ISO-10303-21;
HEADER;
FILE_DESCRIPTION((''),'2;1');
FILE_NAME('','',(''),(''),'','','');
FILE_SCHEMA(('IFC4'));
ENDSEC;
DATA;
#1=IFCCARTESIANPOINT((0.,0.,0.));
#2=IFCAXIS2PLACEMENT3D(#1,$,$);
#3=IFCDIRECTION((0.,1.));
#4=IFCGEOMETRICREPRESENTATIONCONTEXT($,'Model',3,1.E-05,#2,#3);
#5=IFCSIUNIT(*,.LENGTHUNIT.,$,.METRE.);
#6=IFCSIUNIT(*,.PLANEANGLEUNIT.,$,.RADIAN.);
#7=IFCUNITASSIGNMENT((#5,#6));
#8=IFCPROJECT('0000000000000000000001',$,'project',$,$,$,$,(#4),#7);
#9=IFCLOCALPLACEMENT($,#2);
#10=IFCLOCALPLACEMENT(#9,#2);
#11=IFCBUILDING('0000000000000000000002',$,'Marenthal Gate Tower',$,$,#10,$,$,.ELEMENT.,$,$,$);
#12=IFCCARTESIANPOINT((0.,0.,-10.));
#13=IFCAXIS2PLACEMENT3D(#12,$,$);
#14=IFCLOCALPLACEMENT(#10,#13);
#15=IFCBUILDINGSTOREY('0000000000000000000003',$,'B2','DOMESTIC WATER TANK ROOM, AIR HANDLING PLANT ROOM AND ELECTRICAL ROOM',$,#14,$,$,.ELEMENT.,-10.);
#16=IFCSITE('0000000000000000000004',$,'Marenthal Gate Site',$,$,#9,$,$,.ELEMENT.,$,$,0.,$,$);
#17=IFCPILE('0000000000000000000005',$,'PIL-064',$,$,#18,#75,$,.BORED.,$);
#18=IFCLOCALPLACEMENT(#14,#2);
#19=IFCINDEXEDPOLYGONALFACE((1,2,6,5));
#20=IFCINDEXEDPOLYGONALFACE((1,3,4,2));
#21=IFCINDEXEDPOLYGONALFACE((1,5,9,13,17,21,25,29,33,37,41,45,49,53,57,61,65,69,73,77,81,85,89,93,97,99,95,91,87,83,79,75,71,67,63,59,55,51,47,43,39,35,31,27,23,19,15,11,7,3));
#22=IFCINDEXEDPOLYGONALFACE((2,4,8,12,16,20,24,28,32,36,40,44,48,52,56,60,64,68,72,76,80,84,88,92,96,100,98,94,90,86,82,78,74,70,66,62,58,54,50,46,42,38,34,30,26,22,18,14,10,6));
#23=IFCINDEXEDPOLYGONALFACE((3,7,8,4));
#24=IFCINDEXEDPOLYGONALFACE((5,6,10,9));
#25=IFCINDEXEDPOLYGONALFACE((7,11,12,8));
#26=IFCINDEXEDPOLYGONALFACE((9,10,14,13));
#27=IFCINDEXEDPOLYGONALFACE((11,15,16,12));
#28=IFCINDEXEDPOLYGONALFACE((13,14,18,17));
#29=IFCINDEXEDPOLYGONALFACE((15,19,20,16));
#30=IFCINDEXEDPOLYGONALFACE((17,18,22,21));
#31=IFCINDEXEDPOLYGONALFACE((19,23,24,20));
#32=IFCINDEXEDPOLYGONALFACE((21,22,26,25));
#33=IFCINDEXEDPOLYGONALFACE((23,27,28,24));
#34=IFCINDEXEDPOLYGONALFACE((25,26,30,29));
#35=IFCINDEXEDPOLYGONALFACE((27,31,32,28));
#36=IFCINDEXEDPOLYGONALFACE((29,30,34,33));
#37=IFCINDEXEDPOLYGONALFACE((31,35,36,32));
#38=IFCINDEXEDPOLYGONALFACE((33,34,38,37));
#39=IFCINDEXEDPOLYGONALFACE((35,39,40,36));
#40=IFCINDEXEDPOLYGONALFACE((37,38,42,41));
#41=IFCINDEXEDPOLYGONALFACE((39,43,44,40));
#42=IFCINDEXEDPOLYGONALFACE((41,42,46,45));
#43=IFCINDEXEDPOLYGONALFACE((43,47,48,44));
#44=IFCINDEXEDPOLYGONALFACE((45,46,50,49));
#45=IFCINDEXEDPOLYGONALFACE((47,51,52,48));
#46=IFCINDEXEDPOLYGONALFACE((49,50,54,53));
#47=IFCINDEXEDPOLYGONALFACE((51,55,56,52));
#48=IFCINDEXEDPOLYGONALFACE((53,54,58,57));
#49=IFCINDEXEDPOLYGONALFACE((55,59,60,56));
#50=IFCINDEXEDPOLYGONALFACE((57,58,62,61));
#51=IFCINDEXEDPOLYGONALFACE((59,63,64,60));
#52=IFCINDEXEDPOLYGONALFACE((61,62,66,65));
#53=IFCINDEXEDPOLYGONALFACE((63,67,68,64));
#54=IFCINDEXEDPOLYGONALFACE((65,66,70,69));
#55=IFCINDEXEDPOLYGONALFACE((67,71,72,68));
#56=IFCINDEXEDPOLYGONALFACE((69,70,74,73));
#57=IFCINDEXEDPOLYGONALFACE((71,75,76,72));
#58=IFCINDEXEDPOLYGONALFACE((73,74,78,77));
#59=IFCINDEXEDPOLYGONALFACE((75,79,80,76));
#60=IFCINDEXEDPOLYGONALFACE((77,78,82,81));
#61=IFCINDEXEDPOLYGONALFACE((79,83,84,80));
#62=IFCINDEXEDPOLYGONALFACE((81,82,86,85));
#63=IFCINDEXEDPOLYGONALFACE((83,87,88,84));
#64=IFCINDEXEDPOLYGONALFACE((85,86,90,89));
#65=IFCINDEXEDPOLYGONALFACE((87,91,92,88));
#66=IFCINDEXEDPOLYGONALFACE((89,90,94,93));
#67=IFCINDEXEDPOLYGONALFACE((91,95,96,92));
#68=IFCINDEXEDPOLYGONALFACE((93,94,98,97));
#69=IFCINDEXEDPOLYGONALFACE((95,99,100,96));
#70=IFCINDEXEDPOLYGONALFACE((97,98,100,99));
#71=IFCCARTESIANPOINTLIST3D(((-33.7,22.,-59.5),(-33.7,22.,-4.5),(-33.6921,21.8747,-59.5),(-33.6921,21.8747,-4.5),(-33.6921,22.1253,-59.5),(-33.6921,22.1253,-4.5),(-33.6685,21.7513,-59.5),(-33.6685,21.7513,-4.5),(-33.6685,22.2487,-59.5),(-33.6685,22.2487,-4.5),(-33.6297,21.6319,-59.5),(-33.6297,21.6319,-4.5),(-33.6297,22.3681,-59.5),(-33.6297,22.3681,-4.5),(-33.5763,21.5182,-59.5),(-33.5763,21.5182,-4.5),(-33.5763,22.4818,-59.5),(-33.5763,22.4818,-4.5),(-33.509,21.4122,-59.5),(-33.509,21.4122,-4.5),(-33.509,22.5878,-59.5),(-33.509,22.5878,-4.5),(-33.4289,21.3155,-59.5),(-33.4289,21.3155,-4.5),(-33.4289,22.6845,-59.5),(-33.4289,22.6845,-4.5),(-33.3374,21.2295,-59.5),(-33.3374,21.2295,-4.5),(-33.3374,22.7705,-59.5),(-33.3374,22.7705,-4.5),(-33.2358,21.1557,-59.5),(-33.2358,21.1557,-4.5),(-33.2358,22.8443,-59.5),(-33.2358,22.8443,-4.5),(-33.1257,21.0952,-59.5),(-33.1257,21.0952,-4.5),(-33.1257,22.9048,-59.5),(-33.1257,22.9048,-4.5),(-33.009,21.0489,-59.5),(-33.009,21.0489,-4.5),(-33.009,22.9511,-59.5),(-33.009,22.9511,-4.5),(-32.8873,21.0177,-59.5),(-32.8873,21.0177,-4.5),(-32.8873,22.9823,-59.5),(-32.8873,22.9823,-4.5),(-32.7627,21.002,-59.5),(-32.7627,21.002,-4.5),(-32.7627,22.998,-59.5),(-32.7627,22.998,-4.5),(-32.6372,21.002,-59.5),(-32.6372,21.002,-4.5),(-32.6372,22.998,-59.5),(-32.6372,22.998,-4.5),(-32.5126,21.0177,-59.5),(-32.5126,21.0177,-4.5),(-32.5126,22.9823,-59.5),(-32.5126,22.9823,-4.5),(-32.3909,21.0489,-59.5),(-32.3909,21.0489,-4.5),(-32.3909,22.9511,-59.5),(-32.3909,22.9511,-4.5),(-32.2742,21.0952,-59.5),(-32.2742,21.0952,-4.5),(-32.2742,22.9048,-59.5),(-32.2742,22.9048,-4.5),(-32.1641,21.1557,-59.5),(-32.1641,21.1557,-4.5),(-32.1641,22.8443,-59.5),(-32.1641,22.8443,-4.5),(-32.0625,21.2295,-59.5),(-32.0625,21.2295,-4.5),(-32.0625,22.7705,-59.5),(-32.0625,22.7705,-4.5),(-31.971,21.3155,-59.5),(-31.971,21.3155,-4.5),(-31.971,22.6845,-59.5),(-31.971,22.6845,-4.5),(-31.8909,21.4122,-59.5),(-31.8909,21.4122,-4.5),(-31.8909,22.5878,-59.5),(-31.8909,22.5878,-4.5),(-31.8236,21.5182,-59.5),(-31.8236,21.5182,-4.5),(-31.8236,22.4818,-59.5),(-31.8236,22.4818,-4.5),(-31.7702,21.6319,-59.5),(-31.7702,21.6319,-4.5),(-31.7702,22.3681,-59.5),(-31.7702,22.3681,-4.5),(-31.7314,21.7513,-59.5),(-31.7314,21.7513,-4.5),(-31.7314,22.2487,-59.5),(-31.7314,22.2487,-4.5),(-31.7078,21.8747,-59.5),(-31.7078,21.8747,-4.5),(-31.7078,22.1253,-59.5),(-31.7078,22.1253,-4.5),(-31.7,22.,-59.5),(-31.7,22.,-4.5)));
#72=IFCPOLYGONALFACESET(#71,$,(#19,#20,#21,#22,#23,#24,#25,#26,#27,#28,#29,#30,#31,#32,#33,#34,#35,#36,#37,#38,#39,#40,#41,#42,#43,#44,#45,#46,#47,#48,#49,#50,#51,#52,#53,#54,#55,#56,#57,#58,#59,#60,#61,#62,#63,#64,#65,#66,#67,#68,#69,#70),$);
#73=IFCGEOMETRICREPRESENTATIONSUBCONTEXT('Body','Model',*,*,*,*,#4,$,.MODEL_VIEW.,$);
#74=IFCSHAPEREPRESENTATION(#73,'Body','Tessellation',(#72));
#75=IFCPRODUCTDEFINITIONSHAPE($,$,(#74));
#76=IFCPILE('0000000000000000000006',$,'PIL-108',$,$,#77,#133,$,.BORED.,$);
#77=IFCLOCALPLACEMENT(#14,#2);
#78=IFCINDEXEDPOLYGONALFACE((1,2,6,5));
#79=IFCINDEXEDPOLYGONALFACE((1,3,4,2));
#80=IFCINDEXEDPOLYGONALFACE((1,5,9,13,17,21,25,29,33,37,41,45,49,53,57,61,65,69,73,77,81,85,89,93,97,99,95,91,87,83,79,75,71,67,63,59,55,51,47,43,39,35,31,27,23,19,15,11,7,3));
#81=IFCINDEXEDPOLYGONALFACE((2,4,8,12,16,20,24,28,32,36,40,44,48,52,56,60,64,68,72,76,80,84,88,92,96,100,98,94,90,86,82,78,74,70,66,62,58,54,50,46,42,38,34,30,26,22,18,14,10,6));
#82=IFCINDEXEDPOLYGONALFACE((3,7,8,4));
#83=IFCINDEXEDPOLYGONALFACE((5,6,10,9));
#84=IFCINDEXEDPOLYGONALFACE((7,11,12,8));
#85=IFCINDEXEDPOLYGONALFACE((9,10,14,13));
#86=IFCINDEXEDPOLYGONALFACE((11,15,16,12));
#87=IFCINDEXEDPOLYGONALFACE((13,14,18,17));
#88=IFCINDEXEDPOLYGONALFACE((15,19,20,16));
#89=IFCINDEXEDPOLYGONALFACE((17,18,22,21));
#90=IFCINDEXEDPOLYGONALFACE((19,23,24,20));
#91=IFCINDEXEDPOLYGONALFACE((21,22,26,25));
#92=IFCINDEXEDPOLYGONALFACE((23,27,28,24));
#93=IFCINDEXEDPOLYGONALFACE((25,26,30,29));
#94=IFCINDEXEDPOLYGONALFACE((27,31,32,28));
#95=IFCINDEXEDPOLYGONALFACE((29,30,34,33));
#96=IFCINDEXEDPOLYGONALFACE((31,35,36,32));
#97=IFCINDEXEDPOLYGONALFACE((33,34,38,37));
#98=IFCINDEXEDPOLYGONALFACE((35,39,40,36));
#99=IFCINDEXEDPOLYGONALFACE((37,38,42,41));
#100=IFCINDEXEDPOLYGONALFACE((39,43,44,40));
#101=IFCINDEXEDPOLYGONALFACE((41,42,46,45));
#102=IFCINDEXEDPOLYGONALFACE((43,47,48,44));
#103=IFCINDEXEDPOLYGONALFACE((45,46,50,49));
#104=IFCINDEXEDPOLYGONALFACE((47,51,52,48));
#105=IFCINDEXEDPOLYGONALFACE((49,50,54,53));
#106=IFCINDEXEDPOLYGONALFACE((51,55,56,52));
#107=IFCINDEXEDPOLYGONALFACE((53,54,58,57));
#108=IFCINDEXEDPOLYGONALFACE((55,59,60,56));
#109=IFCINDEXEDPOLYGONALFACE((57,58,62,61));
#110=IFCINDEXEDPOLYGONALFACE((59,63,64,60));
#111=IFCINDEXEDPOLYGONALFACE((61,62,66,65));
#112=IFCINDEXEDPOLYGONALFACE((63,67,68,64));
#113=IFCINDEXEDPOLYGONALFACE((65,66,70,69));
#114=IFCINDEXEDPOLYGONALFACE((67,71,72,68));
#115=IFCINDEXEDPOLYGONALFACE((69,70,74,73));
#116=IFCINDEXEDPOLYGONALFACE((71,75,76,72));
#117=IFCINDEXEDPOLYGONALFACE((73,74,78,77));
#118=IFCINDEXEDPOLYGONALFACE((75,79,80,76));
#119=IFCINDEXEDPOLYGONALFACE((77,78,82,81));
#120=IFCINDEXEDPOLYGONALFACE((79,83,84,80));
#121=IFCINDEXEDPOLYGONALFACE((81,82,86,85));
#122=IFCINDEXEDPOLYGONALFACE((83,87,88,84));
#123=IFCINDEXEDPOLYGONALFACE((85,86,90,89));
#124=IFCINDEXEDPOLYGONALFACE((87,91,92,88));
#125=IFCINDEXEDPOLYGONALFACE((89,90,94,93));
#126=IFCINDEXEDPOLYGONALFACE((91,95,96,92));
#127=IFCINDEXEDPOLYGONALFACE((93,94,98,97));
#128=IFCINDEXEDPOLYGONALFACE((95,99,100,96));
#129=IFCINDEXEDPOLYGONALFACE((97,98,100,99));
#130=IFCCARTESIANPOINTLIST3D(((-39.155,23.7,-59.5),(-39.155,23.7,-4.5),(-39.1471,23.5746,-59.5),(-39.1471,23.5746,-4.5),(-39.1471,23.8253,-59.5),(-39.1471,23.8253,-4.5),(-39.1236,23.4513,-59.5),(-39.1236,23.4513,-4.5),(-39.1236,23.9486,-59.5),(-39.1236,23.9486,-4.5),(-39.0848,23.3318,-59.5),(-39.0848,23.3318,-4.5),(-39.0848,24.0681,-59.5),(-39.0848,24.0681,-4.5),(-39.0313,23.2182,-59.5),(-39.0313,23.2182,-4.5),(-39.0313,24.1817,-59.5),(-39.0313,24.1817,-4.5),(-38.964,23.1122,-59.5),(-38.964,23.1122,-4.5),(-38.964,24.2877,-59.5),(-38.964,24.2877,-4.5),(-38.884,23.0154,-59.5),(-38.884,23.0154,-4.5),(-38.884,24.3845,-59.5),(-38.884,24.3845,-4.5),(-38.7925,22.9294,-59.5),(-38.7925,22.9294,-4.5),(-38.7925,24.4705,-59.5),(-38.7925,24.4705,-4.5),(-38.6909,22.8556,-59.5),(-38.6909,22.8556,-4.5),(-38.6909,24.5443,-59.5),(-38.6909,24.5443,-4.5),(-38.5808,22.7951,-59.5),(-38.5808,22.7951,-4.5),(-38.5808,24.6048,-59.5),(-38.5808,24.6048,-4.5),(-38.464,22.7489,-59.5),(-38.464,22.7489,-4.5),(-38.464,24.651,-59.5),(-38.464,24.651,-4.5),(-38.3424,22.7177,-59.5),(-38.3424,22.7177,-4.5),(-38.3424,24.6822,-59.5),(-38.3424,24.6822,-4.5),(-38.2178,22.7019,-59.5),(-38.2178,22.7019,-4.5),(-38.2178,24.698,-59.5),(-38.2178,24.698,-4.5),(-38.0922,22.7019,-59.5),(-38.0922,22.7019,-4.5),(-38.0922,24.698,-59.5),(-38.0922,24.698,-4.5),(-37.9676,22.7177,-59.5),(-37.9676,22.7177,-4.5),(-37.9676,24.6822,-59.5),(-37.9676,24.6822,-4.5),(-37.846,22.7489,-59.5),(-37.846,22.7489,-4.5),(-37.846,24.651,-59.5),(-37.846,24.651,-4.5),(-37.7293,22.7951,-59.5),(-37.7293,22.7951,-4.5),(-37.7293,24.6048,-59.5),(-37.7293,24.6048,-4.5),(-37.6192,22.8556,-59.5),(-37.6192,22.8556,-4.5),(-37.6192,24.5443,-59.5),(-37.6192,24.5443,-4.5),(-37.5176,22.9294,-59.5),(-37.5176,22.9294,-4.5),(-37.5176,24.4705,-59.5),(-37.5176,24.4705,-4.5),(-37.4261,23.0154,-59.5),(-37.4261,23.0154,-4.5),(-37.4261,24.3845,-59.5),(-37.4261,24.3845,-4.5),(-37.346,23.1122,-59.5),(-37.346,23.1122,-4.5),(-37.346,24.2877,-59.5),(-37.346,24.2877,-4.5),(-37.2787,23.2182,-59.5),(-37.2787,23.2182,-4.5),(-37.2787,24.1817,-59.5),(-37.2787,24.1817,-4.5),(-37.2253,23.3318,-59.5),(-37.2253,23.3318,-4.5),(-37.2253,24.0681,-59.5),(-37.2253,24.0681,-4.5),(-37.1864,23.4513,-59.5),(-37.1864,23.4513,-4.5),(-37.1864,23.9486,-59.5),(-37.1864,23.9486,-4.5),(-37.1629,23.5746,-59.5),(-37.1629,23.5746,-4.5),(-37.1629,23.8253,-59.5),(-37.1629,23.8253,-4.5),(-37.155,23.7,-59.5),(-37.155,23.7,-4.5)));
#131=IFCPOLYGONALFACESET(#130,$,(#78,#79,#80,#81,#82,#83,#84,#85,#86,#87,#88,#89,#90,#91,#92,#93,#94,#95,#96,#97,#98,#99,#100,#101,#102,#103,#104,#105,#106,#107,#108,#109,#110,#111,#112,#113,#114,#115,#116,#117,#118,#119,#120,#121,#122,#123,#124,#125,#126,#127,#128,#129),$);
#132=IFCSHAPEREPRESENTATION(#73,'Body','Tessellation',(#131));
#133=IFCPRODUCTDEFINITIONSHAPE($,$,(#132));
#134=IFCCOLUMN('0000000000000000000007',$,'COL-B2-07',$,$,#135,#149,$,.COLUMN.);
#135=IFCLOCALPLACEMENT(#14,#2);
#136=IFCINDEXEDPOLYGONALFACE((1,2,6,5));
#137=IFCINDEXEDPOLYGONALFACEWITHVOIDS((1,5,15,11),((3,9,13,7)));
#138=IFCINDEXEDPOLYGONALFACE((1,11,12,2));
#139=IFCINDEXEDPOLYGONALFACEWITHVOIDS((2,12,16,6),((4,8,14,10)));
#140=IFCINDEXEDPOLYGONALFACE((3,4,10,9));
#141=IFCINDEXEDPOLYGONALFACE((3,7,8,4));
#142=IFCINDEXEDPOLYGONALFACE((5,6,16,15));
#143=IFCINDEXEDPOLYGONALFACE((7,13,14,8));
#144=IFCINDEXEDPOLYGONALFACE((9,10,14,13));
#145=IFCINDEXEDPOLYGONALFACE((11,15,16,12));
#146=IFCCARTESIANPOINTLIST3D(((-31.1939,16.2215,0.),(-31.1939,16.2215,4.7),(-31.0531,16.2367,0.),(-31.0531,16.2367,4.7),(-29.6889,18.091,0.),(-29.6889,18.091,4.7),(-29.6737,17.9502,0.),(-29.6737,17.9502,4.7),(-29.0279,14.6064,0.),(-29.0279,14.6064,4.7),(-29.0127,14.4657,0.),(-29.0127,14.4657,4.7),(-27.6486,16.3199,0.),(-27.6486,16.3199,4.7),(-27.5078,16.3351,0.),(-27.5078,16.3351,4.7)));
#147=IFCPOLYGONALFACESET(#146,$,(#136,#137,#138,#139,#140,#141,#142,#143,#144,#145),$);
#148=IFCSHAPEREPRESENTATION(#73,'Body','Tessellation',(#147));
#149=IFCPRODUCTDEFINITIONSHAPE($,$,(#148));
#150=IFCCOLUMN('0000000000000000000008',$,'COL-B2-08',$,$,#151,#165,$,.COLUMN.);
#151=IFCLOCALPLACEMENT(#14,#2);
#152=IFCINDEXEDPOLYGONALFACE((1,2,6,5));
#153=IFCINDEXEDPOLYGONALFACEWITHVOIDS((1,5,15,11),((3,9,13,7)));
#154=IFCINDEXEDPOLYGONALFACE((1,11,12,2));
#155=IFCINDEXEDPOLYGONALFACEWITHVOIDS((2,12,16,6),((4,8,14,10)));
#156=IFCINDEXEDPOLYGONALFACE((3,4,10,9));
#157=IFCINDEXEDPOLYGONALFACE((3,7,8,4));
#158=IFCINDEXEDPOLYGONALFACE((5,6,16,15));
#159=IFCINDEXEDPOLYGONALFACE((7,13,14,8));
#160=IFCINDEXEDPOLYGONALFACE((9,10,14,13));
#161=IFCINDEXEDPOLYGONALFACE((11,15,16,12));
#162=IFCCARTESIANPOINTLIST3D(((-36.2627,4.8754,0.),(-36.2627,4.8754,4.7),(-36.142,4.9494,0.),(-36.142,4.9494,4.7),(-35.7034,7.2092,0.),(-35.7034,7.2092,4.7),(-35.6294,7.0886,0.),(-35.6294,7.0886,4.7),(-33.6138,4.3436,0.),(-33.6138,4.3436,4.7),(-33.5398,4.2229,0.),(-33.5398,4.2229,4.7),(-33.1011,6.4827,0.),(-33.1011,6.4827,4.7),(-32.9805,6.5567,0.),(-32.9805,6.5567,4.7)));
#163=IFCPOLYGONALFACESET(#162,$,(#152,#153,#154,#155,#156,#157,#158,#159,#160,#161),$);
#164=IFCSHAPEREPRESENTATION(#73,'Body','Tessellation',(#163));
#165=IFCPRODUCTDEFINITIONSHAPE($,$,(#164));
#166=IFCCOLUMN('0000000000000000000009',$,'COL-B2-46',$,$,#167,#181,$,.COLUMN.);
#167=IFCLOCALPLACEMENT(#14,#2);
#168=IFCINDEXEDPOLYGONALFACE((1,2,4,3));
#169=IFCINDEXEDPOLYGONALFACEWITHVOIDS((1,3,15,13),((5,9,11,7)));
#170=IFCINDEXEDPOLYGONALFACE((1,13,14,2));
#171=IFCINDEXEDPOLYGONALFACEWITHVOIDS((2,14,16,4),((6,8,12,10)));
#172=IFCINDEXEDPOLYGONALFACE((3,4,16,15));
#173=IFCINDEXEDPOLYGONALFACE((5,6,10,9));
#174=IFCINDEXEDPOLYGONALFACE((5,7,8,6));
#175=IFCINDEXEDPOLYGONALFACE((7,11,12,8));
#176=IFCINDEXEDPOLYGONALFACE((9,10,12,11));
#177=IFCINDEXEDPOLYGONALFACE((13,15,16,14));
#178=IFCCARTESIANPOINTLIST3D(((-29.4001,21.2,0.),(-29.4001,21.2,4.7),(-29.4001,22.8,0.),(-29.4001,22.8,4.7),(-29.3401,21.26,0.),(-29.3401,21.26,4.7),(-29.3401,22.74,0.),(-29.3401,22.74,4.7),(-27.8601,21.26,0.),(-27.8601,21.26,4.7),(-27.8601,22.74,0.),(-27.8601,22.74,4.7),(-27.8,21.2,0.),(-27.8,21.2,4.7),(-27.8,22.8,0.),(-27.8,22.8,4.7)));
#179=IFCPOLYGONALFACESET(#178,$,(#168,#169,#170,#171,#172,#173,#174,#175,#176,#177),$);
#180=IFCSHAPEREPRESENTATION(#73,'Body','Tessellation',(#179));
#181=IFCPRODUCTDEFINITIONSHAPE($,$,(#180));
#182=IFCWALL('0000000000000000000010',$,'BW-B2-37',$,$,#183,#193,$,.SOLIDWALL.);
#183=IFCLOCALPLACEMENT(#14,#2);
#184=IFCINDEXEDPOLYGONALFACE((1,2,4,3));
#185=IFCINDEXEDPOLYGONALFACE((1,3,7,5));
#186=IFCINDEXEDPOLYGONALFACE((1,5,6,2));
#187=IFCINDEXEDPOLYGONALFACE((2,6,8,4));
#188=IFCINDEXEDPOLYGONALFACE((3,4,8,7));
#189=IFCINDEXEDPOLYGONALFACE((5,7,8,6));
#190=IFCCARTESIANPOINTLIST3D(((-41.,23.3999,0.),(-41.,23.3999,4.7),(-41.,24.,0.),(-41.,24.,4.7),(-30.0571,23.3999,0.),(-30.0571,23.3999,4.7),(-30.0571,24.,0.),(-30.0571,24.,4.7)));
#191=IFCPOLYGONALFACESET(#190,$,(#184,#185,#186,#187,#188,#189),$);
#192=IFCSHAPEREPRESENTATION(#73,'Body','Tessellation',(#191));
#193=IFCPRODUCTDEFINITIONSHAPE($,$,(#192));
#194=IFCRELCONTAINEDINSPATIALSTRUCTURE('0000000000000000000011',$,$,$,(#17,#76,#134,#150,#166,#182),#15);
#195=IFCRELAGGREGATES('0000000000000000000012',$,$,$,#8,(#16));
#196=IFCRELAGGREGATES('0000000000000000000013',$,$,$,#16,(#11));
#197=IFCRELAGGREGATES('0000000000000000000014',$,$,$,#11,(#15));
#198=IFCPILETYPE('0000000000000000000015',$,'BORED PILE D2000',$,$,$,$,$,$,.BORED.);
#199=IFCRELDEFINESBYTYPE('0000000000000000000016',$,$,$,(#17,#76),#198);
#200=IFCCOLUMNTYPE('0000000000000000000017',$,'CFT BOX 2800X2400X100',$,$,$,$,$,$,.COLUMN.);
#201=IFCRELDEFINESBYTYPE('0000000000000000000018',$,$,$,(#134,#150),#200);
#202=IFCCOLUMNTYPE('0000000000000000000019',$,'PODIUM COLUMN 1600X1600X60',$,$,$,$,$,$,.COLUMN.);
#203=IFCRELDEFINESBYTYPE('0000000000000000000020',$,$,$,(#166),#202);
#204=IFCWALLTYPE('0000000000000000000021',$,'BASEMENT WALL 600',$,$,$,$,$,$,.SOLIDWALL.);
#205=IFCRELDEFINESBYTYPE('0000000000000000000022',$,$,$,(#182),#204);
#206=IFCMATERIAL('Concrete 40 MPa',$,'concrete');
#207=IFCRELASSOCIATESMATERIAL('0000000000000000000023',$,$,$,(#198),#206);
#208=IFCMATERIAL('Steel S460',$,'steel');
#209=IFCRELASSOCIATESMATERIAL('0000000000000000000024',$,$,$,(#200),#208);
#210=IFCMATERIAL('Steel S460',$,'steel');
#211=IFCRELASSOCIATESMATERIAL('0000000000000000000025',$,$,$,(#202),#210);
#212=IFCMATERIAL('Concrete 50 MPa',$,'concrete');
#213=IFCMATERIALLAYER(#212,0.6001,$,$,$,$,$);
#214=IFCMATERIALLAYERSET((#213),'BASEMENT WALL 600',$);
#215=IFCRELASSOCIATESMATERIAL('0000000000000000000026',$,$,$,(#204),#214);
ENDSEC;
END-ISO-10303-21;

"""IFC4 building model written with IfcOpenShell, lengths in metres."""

from ifc_helpers import new_model, si_unit, direction, frame, frame_2d, origin, origin_2d, place, context, subcontext, project, spatial, rectangle, hollow_rectangle, circle, extrude, material, layer, layer_set, material_profile, profile_set, type_object, element, save


model = new_model("IFC4")

# Units and contexts
model_context = context("Model", 3, precision=1e-05, world=origin(), true_north=direction((0.0, 1.0)))
body_context = subcontext(model_context, "Body", "Model", "MODEL_VIEW")
ifc_project = project(units=[si_unit("LENGTHUNIT", "METRE"), si_unit("PLANEANGLEUNIT", "RADIAN")], contexts=[model_context])

# Site, building, storey
site_placement = place(None, origin())
site = spatial("IfcSite", under=ifc_project, at=site_placement, Name="Marenthal Gate Site", CompositionType="ELEMENT", RefElevation=0.0)
building_placement = place(site_placement, origin())
building = spatial("IfcBuilding", under=site, at=building_placement, Name="Marenthal Gate Tower", CompositionType="ELEMENT")
storey_placement = place(building_placement, frame((0.0, 0.0, -10.0)))
storey = spatial("IfcBuildingStorey", under=building, at=storey_placement, Name="B2", Description="DOMESTIC WATER TANK ROOM, AIR HANDLING PLANT ROOM AND ELECTRICAL ROOM", CompositionType="ELEMENT", Elevation=-10.0)

# Piles
ifc_material_1 = material(Name="Concrete 40 MPa", Category="concrete")
pile_type = type_object("IfcPileType", Name="BORED PILE D2000", PredefinedType="BORED", material=ifc_material_1)
for number, where, z_axis, x_axis, name in (
    (1, (-32.7, 22.0, -4.5), (0.0, 0.0, -1.0), (1.0, 0.0, 0.0), "PIL-064"),
    (2, (-38.155, 23.7, -4.5), (0.0, 0.0, -1.0), (1.0, 0.0, 0.0), "PIL-108"),
):
    element("IfcPile", number, at=place(storey_placement, frame(where, z_axis=z_axis, x_axis=x_axis)), inside=storey, type_object=pile_type, Name=name, PredefinedType="BORED", context=body_context, shape_type="SweptSolid", body=[
        extrude(circle(Radius=1.0, at=origin_2d()), origin(), (0.0, 0.0, 1.0), 55.0),
    ])

# Columns
ifc_material_2 = material(Name="Steel S460", Category="steel")
ifc_material_profile_1 = material_profile(ifc_material_2, hollow_rectangle(XDim=2.3999, YDim=2.8, WallThickness=0.1001, at=origin_2d()), Name="CFT BOX 2800X2400X100")
ifc_material_3 = material(Name="Concrete 70 MPa", Category="concrete")
ifc_material_profile_2 = material_profile(ifc_material_3, rectangle(XDim=2.2, YDim=2.6001, at=origin_2d()), Name="CFT BOX 2800X2400X100 INFILL")
ifc_profile_set_1 = profile_set([ifc_material_profile_1, ifc_material_profile_2], Name="Steel S460 shell, Concrete 70 MPa infill")
column_type_1 = type_object("IfcColumnType", Name="CFT BOX 2800X2400X100", PredefinedType="COLUMN", material=ifc_profile_set_1)
for number, where, z_axis, x_axis, name in (
    (3, (-29.3508, 16.2783, 0.0), (0.0, 0.0, 1.0), (0.62707, 0.778963, 0.0), "COL-B2-07"),
    (4, (-34.6216, 5.7161, 0.0), (0.0, 0.0, 1.0), (0.233047, 0.972466, 0.0), "COL-B2-08"),
):
    element("IfcColumn", number, at=place(storey_placement, frame(where, z_axis=z_axis, x_axis=x_axis)), inside=storey, type_object=column_type_1, Name=name, PredefinedType="COLUMN", context=body_context, shape_type="SweptSolid", body=[
        extrude(hollow_rectangle(XDim=2.3999, YDim=2.8, WallThickness=0.1001, at=origin_2d()), origin(), (0.0, 0.0, 1.0), 4.7),
    ])
ifc_material_4 = material(Name="Steel S460", Category="steel")
ifc_material_profile_3 = material_profile(ifc_material_4, hollow_rectangle(XDim=1.6001, YDim=1.6001, WallThickness=0.0601, at=origin_2d()), Name="CFT BOX 1600X1600X60")
ifc_material_5 = material(Name="Concrete 70 MPa", Category="concrete")
ifc_material_profile_4 = material_profile(ifc_material_5, rectangle(XDim=1.48, YDim=1.48, at=origin_2d()), Name="CFT BOX 1600X1600X60 INFILL")
ifc_profile_set_2 = profile_set([ifc_material_profile_3, ifc_material_profile_4], Name="Steel S460 shell, Concrete 70 MPa infill")
column_type_2 = type_object("IfcColumnType", Name="PODIUM COLUMN 1600X1600X60", PredefinedType="COLUMN", material=ifc_profile_set_2)
column_placement = place(storey_placement, frame((-28.6001, 22.0, 0.0), z_axis=(0.0, 0.0, 1.0), x_axis=(1.0, 0.0, 0.0)))
element("IfcColumn", 5, at=column_placement, inside=storey, type_object=column_type_2, Name="COL-B2-46", PredefinedType="COLUMN", context=body_context, shape_type="SweptSolid", body=[
    extrude(hollow_rectangle(XDim=1.6001, YDim=1.6001, WallThickness=0.0601, at=origin_2d()), origin(), (0.0, 0.0, 1.0), 4.7),
])

# Wall
ifc_material_6 = material(Name="Concrete 50 MPa", Category="concrete")
ifc_layer_1 = layer(ifc_material_6, 0.6001)
ifc_layer_set_1 = layer_set([ifc_layer_1], Name="BASEMENT WALL 600")
wall_type_1 = type_object("IfcWallType", Name="BASEMENT WALL 600", PredefinedType="SOLIDWALL", material=ifc_layer_set_1)
wall_1_placement = place(storey_placement, frame((-30.0571, 23.7, 0.0), z_axis=(0.0, 0.0, 1.0), x_axis=(-1.0, 0.0, 0.0)))
element("IfcWall", 6, at=wall_1_placement, inside=storey, type_object=wall_type_1, Name="BW-B2-37", PredefinedType="SOLIDWALL", context=body_context, shape_type="SweptSolid", body=[
    extrude(rectangle(XDim=10.9429, YDim=0.6001, at=frame_2d((5.4714, 0.0))), origin(), (0.0, 0.0, 1.0), 4.7),
])

save(model, "model.ifc")
